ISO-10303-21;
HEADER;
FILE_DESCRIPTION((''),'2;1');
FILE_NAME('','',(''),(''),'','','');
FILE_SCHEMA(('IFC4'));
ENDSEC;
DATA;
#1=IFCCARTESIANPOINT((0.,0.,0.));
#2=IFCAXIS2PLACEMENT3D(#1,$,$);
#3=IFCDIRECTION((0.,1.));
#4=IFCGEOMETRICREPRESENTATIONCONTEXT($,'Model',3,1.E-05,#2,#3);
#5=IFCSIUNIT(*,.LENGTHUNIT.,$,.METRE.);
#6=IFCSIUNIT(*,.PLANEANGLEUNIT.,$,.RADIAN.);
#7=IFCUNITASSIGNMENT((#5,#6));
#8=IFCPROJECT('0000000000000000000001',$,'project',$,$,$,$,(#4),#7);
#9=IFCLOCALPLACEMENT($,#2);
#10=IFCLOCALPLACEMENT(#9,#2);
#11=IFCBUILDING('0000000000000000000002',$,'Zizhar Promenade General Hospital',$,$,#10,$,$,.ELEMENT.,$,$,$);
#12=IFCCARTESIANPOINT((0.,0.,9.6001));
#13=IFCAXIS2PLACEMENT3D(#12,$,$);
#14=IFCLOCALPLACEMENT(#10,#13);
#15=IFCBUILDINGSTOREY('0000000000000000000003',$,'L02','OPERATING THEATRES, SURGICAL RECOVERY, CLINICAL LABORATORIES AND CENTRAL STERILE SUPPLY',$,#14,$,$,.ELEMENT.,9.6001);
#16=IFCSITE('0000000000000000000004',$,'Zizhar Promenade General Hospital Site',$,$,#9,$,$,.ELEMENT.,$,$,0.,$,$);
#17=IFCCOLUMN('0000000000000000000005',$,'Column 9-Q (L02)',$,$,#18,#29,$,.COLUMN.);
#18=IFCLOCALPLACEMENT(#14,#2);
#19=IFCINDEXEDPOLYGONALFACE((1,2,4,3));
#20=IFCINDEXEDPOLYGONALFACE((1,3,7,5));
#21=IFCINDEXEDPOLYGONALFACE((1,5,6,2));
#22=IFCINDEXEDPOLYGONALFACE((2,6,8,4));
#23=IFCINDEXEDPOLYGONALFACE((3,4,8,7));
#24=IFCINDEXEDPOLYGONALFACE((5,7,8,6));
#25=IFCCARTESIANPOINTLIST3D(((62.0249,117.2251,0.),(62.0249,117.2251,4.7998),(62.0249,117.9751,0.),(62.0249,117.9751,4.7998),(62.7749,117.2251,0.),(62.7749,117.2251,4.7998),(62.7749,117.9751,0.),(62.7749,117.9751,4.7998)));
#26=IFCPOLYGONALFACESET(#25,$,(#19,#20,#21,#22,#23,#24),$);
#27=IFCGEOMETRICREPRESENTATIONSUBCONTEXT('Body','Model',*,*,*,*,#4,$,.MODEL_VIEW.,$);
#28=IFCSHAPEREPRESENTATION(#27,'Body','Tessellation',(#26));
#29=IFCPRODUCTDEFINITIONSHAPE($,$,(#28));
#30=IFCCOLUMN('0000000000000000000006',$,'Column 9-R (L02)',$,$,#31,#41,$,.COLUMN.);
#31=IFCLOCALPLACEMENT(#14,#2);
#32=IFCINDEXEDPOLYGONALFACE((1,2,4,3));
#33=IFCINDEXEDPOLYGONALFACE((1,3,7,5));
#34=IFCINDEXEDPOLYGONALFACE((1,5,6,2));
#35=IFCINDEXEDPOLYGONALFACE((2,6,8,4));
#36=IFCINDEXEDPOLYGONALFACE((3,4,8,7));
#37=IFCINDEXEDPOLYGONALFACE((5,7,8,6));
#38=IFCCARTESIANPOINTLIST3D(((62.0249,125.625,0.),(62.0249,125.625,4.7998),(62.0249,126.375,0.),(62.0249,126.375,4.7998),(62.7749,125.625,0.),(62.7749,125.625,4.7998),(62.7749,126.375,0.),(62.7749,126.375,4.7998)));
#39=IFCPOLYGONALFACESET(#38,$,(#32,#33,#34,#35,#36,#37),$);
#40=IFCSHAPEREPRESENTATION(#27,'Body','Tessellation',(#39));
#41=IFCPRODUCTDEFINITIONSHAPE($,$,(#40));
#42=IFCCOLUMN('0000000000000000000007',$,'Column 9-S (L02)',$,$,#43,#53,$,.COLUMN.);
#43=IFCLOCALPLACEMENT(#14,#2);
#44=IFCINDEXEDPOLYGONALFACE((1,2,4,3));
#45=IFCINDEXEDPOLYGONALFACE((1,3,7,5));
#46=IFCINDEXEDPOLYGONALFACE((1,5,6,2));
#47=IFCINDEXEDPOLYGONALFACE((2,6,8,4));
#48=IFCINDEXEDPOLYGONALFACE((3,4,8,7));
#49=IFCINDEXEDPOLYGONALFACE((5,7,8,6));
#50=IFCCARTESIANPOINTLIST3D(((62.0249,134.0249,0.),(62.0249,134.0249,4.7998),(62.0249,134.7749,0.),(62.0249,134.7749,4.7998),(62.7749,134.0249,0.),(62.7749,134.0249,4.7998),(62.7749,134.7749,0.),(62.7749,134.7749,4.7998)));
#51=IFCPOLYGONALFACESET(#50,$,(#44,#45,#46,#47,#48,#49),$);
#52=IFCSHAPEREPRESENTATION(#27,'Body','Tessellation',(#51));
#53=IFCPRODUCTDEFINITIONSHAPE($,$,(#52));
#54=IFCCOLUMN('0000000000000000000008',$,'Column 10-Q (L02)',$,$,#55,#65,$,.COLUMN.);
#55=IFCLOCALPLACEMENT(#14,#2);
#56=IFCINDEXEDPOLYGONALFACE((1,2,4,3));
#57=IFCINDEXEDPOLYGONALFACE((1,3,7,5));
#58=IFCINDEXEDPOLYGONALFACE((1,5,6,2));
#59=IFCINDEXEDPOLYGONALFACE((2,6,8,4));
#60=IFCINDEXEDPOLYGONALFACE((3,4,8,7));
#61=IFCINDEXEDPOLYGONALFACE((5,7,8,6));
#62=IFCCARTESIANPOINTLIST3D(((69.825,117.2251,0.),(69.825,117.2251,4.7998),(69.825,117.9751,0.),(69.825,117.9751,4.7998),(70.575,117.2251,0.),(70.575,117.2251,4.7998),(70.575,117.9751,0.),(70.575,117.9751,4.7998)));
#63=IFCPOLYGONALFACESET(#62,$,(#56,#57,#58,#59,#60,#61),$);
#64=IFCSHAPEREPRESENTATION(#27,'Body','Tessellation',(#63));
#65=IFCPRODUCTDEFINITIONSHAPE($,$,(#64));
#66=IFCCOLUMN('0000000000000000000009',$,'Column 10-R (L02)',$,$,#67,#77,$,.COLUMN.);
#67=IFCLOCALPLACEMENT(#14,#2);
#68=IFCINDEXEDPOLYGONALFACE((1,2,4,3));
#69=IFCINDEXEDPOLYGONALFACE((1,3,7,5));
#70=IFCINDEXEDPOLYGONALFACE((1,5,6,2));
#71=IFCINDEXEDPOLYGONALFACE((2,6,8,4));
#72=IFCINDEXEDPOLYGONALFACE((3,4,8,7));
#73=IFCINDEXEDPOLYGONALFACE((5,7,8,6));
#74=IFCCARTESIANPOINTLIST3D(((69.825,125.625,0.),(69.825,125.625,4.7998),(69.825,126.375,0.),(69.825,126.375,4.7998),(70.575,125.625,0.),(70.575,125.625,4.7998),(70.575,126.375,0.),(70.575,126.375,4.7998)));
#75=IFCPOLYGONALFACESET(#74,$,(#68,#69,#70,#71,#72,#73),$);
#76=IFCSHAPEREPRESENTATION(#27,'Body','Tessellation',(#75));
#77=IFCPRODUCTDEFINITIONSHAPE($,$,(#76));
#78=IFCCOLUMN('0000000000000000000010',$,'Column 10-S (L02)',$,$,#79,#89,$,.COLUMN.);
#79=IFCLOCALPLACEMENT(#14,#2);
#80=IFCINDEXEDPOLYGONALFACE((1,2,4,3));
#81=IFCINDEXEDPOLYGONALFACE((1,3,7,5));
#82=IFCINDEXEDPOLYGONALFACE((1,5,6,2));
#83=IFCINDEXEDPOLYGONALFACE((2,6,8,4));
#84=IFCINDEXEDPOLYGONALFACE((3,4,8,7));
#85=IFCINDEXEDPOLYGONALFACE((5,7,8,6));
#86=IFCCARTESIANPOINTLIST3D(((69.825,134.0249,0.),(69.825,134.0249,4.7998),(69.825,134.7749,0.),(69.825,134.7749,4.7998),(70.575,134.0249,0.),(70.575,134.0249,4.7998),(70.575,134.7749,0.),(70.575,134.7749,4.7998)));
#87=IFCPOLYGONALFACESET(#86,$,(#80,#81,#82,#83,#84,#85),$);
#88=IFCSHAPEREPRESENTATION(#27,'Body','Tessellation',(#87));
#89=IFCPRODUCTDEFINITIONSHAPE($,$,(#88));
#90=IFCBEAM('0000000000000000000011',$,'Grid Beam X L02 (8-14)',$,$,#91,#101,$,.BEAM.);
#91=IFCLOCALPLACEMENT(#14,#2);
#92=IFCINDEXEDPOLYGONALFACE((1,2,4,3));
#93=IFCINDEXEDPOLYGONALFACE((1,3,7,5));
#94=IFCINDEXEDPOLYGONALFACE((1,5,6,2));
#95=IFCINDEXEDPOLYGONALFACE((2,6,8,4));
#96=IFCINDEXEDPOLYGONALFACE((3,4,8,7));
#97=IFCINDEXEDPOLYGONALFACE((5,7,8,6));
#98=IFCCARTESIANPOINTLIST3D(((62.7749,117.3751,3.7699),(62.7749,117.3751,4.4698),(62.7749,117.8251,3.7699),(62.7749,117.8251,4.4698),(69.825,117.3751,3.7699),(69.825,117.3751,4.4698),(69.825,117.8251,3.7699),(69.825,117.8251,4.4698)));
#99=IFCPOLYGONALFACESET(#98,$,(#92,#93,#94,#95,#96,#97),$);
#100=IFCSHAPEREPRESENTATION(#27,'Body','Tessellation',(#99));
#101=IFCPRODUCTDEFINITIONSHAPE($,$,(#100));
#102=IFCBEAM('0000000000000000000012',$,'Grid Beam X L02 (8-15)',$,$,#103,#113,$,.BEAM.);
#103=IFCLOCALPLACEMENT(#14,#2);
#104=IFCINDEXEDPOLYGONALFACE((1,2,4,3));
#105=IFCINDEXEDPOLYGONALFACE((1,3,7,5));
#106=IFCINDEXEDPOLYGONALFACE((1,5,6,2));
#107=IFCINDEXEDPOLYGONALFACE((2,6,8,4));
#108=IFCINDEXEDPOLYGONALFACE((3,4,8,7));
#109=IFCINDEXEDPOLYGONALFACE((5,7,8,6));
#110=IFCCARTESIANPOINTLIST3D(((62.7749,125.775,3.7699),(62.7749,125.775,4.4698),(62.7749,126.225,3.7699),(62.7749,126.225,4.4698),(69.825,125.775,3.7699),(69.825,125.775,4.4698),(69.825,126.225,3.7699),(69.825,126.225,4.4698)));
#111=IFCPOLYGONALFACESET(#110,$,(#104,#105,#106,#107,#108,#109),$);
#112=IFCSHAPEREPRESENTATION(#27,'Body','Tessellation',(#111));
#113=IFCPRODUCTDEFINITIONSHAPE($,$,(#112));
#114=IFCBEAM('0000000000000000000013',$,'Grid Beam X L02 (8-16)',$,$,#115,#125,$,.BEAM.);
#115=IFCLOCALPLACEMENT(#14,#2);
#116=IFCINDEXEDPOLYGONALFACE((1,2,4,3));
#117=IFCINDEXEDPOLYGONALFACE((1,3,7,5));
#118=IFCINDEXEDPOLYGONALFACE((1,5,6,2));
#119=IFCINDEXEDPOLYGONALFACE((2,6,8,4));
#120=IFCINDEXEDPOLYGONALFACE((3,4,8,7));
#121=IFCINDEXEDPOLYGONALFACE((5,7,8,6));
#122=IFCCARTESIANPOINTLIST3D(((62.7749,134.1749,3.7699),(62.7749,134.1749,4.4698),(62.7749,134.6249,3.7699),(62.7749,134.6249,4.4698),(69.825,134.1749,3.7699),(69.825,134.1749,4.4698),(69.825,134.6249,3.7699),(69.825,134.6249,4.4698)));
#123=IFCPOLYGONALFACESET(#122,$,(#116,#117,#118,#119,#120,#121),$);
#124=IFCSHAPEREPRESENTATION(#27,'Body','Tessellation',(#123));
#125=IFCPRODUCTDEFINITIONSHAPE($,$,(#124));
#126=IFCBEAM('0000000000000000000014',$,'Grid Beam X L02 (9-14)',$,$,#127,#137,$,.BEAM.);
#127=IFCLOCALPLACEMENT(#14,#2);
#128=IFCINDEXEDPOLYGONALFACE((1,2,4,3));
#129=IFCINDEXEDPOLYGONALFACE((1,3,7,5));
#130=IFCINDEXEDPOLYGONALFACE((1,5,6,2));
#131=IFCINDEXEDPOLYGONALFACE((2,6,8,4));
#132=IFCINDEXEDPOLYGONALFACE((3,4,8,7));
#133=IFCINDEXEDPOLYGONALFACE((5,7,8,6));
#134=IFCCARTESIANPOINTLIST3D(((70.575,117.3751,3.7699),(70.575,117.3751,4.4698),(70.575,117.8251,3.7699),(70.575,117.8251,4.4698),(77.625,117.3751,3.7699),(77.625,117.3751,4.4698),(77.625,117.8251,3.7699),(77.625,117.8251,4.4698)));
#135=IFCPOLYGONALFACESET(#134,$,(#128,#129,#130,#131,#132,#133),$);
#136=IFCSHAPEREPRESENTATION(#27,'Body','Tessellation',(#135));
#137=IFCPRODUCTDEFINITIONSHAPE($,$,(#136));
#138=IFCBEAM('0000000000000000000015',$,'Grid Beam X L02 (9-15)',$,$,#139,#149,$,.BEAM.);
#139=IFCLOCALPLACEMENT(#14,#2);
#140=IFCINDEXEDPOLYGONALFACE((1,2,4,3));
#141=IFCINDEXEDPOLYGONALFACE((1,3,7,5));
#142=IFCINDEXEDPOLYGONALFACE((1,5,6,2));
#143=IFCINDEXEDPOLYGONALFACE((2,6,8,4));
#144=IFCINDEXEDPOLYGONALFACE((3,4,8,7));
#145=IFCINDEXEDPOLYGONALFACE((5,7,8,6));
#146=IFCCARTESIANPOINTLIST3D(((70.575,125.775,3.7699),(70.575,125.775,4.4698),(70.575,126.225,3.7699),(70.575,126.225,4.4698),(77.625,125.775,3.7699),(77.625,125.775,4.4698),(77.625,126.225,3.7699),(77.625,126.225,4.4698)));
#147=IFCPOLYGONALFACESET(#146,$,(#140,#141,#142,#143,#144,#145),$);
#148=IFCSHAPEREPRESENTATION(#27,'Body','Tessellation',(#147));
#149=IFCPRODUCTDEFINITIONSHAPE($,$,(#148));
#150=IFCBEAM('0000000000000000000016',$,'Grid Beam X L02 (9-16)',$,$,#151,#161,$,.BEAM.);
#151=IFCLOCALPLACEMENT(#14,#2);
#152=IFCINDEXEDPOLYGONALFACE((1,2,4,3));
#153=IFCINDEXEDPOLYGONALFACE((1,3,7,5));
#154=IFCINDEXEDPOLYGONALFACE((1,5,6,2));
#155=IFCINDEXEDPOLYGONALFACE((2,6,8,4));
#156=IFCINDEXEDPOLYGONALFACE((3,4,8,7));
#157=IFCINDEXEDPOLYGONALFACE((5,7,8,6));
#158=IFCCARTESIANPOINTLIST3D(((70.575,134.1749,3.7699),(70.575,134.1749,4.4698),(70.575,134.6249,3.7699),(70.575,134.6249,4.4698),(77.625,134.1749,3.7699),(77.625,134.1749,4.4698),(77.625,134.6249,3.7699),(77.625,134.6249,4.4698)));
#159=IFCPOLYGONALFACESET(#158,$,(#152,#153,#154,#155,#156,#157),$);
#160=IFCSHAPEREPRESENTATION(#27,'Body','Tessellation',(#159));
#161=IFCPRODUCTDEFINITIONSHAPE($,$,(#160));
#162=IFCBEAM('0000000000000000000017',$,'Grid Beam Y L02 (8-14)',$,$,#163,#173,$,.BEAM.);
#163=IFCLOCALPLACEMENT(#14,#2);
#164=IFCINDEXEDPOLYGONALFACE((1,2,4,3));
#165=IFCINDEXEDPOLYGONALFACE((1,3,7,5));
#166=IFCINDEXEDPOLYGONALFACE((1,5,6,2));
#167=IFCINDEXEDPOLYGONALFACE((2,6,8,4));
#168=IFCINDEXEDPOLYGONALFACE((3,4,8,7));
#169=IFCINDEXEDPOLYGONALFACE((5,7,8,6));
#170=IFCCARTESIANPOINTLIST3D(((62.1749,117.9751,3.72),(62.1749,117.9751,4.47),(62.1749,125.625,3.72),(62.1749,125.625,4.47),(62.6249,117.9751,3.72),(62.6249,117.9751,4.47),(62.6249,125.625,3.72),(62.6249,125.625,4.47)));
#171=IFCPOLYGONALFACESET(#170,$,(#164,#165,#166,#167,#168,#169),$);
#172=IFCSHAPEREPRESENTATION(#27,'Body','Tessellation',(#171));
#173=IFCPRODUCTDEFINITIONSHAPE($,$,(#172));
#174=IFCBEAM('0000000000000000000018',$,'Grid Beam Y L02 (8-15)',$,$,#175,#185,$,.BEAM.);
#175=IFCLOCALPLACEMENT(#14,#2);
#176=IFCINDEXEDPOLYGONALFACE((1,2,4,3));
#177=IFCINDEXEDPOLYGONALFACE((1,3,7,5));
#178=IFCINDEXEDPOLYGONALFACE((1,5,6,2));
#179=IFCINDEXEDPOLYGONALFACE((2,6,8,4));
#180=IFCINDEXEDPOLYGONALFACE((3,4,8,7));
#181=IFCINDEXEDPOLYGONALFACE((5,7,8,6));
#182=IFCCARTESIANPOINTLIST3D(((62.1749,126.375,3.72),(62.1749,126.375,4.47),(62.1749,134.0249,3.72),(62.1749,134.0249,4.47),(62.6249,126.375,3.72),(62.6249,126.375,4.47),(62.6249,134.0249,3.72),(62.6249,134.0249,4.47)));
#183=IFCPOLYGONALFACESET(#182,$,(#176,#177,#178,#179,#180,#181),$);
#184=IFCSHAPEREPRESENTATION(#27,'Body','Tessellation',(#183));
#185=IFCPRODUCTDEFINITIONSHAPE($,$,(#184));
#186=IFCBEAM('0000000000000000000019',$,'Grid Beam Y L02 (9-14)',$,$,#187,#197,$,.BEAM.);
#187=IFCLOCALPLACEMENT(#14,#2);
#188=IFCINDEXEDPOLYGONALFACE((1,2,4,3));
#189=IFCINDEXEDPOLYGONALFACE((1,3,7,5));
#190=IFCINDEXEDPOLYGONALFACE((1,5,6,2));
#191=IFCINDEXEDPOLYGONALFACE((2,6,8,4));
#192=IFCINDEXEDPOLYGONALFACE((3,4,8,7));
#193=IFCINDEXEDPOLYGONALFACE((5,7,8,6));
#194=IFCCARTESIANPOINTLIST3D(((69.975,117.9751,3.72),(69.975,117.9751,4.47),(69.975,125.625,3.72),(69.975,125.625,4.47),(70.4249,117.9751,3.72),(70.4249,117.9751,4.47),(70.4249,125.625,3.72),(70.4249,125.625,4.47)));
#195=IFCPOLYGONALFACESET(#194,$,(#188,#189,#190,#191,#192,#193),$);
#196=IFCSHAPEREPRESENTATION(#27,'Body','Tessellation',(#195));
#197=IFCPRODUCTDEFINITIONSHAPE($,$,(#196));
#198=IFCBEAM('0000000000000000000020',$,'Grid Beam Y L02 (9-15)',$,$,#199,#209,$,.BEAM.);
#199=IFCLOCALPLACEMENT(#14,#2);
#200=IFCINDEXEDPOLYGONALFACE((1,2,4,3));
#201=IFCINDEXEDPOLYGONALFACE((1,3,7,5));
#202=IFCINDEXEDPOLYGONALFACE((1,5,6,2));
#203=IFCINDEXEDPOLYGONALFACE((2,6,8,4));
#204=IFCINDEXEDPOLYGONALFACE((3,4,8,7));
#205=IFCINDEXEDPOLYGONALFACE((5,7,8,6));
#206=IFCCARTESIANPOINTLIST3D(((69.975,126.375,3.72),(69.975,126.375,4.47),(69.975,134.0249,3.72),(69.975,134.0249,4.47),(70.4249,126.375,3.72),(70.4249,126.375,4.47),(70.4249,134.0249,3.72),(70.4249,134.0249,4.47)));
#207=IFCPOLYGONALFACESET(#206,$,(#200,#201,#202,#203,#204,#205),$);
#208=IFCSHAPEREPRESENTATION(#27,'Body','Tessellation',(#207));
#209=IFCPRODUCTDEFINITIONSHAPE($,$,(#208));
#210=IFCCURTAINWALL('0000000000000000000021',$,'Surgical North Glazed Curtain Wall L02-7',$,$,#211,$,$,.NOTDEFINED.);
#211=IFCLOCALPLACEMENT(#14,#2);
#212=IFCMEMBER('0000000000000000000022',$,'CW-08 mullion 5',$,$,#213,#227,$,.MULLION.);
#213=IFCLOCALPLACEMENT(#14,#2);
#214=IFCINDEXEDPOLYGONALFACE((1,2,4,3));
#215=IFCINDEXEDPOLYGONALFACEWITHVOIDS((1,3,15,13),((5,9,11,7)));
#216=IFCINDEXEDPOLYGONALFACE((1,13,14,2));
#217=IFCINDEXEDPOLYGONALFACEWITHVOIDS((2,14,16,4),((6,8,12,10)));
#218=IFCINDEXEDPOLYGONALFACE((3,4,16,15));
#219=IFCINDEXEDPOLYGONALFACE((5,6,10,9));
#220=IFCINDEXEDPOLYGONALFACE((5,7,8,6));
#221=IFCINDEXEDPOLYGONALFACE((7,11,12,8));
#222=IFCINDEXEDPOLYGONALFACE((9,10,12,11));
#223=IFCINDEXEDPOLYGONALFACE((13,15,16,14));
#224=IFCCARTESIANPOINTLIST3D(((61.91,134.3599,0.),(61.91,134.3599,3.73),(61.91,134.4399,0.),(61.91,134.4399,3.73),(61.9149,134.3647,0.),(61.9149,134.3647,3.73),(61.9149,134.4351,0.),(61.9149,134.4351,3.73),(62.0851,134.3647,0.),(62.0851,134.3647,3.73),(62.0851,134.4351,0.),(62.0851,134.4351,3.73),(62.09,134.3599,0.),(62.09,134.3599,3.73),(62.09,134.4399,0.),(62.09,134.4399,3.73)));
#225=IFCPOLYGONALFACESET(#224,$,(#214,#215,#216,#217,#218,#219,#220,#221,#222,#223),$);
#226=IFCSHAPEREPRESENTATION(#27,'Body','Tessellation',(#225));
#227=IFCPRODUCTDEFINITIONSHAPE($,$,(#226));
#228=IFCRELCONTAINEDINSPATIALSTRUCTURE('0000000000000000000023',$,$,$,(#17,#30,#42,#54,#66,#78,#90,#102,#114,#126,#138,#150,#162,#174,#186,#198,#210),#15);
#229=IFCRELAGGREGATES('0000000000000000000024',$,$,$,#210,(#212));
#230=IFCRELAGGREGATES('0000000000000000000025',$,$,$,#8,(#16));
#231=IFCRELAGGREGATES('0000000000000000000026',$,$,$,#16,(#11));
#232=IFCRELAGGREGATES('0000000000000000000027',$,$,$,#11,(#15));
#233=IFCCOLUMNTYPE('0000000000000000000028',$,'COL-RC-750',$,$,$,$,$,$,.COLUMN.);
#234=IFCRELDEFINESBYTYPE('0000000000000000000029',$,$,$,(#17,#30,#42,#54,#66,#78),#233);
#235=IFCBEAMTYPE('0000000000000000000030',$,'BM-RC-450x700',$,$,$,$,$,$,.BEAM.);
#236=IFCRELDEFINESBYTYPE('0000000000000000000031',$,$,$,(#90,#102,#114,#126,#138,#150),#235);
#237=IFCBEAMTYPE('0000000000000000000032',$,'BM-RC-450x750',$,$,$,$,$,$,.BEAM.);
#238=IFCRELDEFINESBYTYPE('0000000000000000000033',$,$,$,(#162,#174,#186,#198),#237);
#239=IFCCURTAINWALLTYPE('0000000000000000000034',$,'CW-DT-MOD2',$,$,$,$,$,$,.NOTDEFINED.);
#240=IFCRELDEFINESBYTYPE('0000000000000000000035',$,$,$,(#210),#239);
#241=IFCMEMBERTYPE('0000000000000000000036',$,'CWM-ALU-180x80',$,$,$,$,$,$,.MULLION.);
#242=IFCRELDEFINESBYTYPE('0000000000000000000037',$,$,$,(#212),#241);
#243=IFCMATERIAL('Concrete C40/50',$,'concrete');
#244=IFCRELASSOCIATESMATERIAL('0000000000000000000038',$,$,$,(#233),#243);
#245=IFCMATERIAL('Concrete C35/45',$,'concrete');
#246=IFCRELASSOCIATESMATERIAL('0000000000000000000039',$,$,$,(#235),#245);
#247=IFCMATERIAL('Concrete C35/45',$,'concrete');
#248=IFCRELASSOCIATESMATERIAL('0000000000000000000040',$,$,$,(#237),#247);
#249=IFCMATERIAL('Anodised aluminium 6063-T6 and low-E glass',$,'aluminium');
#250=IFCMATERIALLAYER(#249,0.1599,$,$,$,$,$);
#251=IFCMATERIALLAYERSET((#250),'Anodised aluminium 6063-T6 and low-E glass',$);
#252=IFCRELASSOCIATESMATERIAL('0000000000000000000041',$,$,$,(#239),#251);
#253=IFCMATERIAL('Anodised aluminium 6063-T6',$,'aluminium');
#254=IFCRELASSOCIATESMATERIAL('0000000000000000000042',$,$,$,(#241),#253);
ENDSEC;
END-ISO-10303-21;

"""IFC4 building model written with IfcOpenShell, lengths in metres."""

from ifc_helpers import new_model, si_unit, direction, frame, origin, origin_2d, place, context, subcontext, project, spatial, rectangle, hollow_rectangle, extrude, material, layer, layer_set, material_profile, profile_set, type_object, element, aggregate, save


model = new_model("IFC4")

# Units and contexts
model_context = context("Model", 3, precision=1e-05, world=origin(), true_north=direction((0.0, 1.0)))
body_context = subcontext(model_context, "Body", "Model", "MODEL_VIEW")
ifc_project = project(units=[si_unit("LENGTHUNIT", "METRE"), si_unit("PLANEANGLEUNIT", "RADIAN")], contexts=[model_context])

# Site, building, storey
site_placement = place(None, origin())
site = spatial("IfcSite", under=ifc_project, at=site_placement, Name="Zizhar Promenade General Hospital Site", CompositionType="ELEMENT", RefElevation=0.0)
building_placement = place(site_placement, origin())
building = spatial("IfcBuilding", under=site, at=building_placement, Name="Zizhar Promenade General Hospital", CompositionType="ELEMENT")
storey_placement = place(building_placement, frame((0.0, 0.0, 9.6001)))
storey = spatial("IfcBuildingStorey", under=building, at=storey_placement, Name="L02", Description="OPERATING THEATRES, SURGICAL RECOVERY, CLINICAL LABORATORIES AND CENTRAL STERILE SUPPLY", CompositionType="ELEMENT", Elevation=9.6001)

# Columns
ifc_material_1 = material(Name="Concrete C40/50", Category="concrete")
ifc_material_profile_1 = material_profile(ifc_material_1, rectangle(XDim=0.75, YDim=0.75, at=origin_2d()))
ifc_profile_set_1 = profile_set([ifc_material_profile_1], Name="Concrete C40/50")
column_type = type_object("IfcColumnType", Name="COL-RC-750", PredefinedType="COLUMN", material=ifc_profile_set_1)
for number, where, z_axis, x_axis, name in (
    (1, (62.3999, 117.6001, 0.0), (0.0, 0.0, 1.0), (1.0, 0.0, 0.0), "Column 9-Q (L02)"),
    (2, (62.3999, 126.0, 0.0), (0.0, 0.0, 1.0), (1.0, 0.0, 0.0), "Column 9-R (L02)"),
    (3, (62.3999, 134.3999, 0.0), (0.0, 0.0, 1.0), (1.0, 0.0, 0.0), "Column 9-S (L02)"),
    (4, (70.2, 117.6001, 0.0), (0.0, 0.0, 1.0), (1.0, 0.0, 0.0), "Column 10-Q (L02)"),
    (5, (70.2, 126.0, 0.0), (0.0, 0.0, 1.0), (1.0, 0.0, 0.0), "Column 10-R (L02)"),
    (6, (70.2, 134.3999, 0.0), (0.0, 0.0, 1.0), (1.0, 0.0, 0.0), "Column 10-S (L02)"),
):
    element("IfcColumn", number, at=place(storey_placement, frame(where, z_axis=z_axis, x_axis=x_axis)), inside=storey, type_object=column_type, Name=name, PredefinedType="COLUMN", context=body_context, shape_type="SweptSolid", body=[
        extrude(rectangle(XDim=0.75, YDim=0.75, at=origin_2d()), origin(), (0.0, 0.0, 1.0), 4.7998),
    ])

# Beams
ifc_material_2 = material(Name="Concrete C35/45", Category="concrete")
ifc_material_profile_2 = material_profile(ifc_material_2, rectangle(XDim=0.45, YDim=0.7, at=origin_2d()))
ifc_profile_set_2 = profile_set([ifc_material_profile_2], Name="Concrete C35/45")
beam_type_1 = type_object("IfcBeamType", Name="BM-RC-450x700", PredefinedType="BEAM", material=ifc_profile_set_2)
for number, where, z_axis, x_axis, name in (
    (7, (62.7749, 117.6001, 4.1199), (1.0, 0.0, 0.0), (0.0, 1.0, 0.0), "Grid Beam X L02 (8-14)"),
    (8, (62.7749, 126.0, 4.1199), (1.0, 0.0, 0.0), (0.0, 1.0, 0.0), "Grid Beam X L02 (8-15)"),
    (9, (62.7749, 134.3999, 4.1199), (1.0, 0.0, 0.0), (0.0, 1.0, 0.0), "Grid Beam X L02 (8-16)"),
    (10, (70.575, 117.6001, 4.1199), (1.0, 0.0, 0.0), (0.0, 1.0, 0.0), "Grid Beam X L02 (9-14)"),
    (11, (70.575, 126.0, 4.1199), (1.0, 0.0, 0.0), (0.0, 1.0, 0.0), "Grid Beam X L02 (9-15)"),
    (12, (70.575, 134.3999, 4.1199), (1.0, 0.0, 0.0), (0.0, 1.0, 0.0), "Grid Beam X L02 (9-16)"),
):
    element("IfcBeam", number, at=place(storey_placement, frame(where, z_axis=z_axis, x_axis=x_axis)), inside=storey, type_object=beam_type_1, Name=name, PredefinedType="BEAM", context=body_context, shape_type="SweptSolid", body=[
        extrude(rectangle(XDim=0.45, YDim=0.7, at=origin_2d()), origin(), (0.0, 0.0, 1.0), 7.05),
    ])
ifc_material_3 = material(Name="Concrete C35/45", Category="concrete")
ifc_material_profile_3 = material_profile(ifc_material_3, rectangle(XDim=0.45, YDim=0.75, at=origin_2d()))
ifc_profile_set_3 = profile_set([ifc_material_profile_3], Name="Concrete C35/45")
beam_type_2 = type_object("IfcBeamType", Name="BM-RC-450x750", PredefinedType="BEAM", material=ifc_profile_set_3)
for number, where, z_axis, x_axis, name in (
    (13, (62.3999, 117.9751, 4.095), (0.0, 1.0, 0.0), (-1.0, 0.0, 0.0), "Grid Beam Y L02 (8-14)"),
    (14, (62.3999, 126.375, 4.095), (0.0, 1.0, 0.0), (-1.0, 0.0, 0.0), "Grid Beam Y L02 (8-15)"),
    (15, (70.2, 117.9751, 4.095), (0.0, 1.0, 0.0), (-1.0, 0.0, 0.0), "Grid Beam Y L02 (9-14)"),
    (16, (70.2, 126.375, 4.095), (0.0, 1.0, 0.0), (-1.0, 0.0, 0.0), "Grid Beam Y L02 (9-15)"),
):
    element("IfcBeam", number, at=place(storey_placement, frame(where, z_axis=z_axis, x_axis=x_axis)), inside=storey, type_object=beam_type_2, Name=name, PredefinedType="BEAM", context=body_context, shape_type="SweptSolid", body=[
        extrude(rectangle(XDim=0.45, YDim=0.75, at=origin_2d()), origin(), (0.0, 0.0, 1.0), 7.6499),
    ])

# Curtain wall, member
ifc_material_4 = material(Name="Anodised aluminium 6063-T6 and low-E glass", Category="aluminium")
ifc_layer_1 = layer(ifc_material_4, 0.1599)
ifc_layer_set_1 = layer_set([ifc_layer_1], Name="Anodised aluminium 6063-T6 and low-E glass")
curtain_wall_type = type_object("IfcCurtainWallType", Name="CW-DT-MOD2", PredefinedType="NOTDEFINED", material=ifc_layer_set_1)
curtain_wall_1_placement = place(storey_placement, origin())
curtain_wall_1 = element("IfcCurtainWall", 17, at=curtain_wall_1_placement, inside=storey, type_object=curtain_wall_type, Name="Surgical North Glazed Curtain Wall L02-7", PredefinedType="NOTDEFINED")
ifc_material_5 = material(Name="Anodised aluminium 6063-T6", Category="aluminium")
ifc_material_profile_4 = material_profile(ifc_material_5, hollow_rectangle(XDim=0.0801, YDim=0.1799, WallThickness=0.0049, at=origin_2d()))
ifc_profile_set_4 = profile_set([ifc_material_profile_4], Name="Anodised aluminium 6063-T6")
member_type_1 = type_object("IfcMemberType", Name="CWM-ALU-180x80", PredefinedType="MULLION", material=ifc_profile_set_4)
member_1_placement = place(storey_placement, frame((62.0, 134.3999, 0.0), z_axis=(0.0, 0.0, 1.0), x_axis=(0.0, 1.0, 0.0)))
member_1 = element("IfcMember", 18, at=member_1_placement, type_object=member_type_1, Name="CW-08 mullion 5", PredefinedType="MULLION", context=body_context, shape_type="SweptSolid", body=[
    extrude(hollow_rectangle(XDim=0.0801, YDim=0.1799, WallThickness=0.0049, at=origin_2d()), origin(), (0.0, 0.0, 1.0), 3.73),
])

aggregate(curtain_wall_1, [member_1])

save(model, "model.ifc")
